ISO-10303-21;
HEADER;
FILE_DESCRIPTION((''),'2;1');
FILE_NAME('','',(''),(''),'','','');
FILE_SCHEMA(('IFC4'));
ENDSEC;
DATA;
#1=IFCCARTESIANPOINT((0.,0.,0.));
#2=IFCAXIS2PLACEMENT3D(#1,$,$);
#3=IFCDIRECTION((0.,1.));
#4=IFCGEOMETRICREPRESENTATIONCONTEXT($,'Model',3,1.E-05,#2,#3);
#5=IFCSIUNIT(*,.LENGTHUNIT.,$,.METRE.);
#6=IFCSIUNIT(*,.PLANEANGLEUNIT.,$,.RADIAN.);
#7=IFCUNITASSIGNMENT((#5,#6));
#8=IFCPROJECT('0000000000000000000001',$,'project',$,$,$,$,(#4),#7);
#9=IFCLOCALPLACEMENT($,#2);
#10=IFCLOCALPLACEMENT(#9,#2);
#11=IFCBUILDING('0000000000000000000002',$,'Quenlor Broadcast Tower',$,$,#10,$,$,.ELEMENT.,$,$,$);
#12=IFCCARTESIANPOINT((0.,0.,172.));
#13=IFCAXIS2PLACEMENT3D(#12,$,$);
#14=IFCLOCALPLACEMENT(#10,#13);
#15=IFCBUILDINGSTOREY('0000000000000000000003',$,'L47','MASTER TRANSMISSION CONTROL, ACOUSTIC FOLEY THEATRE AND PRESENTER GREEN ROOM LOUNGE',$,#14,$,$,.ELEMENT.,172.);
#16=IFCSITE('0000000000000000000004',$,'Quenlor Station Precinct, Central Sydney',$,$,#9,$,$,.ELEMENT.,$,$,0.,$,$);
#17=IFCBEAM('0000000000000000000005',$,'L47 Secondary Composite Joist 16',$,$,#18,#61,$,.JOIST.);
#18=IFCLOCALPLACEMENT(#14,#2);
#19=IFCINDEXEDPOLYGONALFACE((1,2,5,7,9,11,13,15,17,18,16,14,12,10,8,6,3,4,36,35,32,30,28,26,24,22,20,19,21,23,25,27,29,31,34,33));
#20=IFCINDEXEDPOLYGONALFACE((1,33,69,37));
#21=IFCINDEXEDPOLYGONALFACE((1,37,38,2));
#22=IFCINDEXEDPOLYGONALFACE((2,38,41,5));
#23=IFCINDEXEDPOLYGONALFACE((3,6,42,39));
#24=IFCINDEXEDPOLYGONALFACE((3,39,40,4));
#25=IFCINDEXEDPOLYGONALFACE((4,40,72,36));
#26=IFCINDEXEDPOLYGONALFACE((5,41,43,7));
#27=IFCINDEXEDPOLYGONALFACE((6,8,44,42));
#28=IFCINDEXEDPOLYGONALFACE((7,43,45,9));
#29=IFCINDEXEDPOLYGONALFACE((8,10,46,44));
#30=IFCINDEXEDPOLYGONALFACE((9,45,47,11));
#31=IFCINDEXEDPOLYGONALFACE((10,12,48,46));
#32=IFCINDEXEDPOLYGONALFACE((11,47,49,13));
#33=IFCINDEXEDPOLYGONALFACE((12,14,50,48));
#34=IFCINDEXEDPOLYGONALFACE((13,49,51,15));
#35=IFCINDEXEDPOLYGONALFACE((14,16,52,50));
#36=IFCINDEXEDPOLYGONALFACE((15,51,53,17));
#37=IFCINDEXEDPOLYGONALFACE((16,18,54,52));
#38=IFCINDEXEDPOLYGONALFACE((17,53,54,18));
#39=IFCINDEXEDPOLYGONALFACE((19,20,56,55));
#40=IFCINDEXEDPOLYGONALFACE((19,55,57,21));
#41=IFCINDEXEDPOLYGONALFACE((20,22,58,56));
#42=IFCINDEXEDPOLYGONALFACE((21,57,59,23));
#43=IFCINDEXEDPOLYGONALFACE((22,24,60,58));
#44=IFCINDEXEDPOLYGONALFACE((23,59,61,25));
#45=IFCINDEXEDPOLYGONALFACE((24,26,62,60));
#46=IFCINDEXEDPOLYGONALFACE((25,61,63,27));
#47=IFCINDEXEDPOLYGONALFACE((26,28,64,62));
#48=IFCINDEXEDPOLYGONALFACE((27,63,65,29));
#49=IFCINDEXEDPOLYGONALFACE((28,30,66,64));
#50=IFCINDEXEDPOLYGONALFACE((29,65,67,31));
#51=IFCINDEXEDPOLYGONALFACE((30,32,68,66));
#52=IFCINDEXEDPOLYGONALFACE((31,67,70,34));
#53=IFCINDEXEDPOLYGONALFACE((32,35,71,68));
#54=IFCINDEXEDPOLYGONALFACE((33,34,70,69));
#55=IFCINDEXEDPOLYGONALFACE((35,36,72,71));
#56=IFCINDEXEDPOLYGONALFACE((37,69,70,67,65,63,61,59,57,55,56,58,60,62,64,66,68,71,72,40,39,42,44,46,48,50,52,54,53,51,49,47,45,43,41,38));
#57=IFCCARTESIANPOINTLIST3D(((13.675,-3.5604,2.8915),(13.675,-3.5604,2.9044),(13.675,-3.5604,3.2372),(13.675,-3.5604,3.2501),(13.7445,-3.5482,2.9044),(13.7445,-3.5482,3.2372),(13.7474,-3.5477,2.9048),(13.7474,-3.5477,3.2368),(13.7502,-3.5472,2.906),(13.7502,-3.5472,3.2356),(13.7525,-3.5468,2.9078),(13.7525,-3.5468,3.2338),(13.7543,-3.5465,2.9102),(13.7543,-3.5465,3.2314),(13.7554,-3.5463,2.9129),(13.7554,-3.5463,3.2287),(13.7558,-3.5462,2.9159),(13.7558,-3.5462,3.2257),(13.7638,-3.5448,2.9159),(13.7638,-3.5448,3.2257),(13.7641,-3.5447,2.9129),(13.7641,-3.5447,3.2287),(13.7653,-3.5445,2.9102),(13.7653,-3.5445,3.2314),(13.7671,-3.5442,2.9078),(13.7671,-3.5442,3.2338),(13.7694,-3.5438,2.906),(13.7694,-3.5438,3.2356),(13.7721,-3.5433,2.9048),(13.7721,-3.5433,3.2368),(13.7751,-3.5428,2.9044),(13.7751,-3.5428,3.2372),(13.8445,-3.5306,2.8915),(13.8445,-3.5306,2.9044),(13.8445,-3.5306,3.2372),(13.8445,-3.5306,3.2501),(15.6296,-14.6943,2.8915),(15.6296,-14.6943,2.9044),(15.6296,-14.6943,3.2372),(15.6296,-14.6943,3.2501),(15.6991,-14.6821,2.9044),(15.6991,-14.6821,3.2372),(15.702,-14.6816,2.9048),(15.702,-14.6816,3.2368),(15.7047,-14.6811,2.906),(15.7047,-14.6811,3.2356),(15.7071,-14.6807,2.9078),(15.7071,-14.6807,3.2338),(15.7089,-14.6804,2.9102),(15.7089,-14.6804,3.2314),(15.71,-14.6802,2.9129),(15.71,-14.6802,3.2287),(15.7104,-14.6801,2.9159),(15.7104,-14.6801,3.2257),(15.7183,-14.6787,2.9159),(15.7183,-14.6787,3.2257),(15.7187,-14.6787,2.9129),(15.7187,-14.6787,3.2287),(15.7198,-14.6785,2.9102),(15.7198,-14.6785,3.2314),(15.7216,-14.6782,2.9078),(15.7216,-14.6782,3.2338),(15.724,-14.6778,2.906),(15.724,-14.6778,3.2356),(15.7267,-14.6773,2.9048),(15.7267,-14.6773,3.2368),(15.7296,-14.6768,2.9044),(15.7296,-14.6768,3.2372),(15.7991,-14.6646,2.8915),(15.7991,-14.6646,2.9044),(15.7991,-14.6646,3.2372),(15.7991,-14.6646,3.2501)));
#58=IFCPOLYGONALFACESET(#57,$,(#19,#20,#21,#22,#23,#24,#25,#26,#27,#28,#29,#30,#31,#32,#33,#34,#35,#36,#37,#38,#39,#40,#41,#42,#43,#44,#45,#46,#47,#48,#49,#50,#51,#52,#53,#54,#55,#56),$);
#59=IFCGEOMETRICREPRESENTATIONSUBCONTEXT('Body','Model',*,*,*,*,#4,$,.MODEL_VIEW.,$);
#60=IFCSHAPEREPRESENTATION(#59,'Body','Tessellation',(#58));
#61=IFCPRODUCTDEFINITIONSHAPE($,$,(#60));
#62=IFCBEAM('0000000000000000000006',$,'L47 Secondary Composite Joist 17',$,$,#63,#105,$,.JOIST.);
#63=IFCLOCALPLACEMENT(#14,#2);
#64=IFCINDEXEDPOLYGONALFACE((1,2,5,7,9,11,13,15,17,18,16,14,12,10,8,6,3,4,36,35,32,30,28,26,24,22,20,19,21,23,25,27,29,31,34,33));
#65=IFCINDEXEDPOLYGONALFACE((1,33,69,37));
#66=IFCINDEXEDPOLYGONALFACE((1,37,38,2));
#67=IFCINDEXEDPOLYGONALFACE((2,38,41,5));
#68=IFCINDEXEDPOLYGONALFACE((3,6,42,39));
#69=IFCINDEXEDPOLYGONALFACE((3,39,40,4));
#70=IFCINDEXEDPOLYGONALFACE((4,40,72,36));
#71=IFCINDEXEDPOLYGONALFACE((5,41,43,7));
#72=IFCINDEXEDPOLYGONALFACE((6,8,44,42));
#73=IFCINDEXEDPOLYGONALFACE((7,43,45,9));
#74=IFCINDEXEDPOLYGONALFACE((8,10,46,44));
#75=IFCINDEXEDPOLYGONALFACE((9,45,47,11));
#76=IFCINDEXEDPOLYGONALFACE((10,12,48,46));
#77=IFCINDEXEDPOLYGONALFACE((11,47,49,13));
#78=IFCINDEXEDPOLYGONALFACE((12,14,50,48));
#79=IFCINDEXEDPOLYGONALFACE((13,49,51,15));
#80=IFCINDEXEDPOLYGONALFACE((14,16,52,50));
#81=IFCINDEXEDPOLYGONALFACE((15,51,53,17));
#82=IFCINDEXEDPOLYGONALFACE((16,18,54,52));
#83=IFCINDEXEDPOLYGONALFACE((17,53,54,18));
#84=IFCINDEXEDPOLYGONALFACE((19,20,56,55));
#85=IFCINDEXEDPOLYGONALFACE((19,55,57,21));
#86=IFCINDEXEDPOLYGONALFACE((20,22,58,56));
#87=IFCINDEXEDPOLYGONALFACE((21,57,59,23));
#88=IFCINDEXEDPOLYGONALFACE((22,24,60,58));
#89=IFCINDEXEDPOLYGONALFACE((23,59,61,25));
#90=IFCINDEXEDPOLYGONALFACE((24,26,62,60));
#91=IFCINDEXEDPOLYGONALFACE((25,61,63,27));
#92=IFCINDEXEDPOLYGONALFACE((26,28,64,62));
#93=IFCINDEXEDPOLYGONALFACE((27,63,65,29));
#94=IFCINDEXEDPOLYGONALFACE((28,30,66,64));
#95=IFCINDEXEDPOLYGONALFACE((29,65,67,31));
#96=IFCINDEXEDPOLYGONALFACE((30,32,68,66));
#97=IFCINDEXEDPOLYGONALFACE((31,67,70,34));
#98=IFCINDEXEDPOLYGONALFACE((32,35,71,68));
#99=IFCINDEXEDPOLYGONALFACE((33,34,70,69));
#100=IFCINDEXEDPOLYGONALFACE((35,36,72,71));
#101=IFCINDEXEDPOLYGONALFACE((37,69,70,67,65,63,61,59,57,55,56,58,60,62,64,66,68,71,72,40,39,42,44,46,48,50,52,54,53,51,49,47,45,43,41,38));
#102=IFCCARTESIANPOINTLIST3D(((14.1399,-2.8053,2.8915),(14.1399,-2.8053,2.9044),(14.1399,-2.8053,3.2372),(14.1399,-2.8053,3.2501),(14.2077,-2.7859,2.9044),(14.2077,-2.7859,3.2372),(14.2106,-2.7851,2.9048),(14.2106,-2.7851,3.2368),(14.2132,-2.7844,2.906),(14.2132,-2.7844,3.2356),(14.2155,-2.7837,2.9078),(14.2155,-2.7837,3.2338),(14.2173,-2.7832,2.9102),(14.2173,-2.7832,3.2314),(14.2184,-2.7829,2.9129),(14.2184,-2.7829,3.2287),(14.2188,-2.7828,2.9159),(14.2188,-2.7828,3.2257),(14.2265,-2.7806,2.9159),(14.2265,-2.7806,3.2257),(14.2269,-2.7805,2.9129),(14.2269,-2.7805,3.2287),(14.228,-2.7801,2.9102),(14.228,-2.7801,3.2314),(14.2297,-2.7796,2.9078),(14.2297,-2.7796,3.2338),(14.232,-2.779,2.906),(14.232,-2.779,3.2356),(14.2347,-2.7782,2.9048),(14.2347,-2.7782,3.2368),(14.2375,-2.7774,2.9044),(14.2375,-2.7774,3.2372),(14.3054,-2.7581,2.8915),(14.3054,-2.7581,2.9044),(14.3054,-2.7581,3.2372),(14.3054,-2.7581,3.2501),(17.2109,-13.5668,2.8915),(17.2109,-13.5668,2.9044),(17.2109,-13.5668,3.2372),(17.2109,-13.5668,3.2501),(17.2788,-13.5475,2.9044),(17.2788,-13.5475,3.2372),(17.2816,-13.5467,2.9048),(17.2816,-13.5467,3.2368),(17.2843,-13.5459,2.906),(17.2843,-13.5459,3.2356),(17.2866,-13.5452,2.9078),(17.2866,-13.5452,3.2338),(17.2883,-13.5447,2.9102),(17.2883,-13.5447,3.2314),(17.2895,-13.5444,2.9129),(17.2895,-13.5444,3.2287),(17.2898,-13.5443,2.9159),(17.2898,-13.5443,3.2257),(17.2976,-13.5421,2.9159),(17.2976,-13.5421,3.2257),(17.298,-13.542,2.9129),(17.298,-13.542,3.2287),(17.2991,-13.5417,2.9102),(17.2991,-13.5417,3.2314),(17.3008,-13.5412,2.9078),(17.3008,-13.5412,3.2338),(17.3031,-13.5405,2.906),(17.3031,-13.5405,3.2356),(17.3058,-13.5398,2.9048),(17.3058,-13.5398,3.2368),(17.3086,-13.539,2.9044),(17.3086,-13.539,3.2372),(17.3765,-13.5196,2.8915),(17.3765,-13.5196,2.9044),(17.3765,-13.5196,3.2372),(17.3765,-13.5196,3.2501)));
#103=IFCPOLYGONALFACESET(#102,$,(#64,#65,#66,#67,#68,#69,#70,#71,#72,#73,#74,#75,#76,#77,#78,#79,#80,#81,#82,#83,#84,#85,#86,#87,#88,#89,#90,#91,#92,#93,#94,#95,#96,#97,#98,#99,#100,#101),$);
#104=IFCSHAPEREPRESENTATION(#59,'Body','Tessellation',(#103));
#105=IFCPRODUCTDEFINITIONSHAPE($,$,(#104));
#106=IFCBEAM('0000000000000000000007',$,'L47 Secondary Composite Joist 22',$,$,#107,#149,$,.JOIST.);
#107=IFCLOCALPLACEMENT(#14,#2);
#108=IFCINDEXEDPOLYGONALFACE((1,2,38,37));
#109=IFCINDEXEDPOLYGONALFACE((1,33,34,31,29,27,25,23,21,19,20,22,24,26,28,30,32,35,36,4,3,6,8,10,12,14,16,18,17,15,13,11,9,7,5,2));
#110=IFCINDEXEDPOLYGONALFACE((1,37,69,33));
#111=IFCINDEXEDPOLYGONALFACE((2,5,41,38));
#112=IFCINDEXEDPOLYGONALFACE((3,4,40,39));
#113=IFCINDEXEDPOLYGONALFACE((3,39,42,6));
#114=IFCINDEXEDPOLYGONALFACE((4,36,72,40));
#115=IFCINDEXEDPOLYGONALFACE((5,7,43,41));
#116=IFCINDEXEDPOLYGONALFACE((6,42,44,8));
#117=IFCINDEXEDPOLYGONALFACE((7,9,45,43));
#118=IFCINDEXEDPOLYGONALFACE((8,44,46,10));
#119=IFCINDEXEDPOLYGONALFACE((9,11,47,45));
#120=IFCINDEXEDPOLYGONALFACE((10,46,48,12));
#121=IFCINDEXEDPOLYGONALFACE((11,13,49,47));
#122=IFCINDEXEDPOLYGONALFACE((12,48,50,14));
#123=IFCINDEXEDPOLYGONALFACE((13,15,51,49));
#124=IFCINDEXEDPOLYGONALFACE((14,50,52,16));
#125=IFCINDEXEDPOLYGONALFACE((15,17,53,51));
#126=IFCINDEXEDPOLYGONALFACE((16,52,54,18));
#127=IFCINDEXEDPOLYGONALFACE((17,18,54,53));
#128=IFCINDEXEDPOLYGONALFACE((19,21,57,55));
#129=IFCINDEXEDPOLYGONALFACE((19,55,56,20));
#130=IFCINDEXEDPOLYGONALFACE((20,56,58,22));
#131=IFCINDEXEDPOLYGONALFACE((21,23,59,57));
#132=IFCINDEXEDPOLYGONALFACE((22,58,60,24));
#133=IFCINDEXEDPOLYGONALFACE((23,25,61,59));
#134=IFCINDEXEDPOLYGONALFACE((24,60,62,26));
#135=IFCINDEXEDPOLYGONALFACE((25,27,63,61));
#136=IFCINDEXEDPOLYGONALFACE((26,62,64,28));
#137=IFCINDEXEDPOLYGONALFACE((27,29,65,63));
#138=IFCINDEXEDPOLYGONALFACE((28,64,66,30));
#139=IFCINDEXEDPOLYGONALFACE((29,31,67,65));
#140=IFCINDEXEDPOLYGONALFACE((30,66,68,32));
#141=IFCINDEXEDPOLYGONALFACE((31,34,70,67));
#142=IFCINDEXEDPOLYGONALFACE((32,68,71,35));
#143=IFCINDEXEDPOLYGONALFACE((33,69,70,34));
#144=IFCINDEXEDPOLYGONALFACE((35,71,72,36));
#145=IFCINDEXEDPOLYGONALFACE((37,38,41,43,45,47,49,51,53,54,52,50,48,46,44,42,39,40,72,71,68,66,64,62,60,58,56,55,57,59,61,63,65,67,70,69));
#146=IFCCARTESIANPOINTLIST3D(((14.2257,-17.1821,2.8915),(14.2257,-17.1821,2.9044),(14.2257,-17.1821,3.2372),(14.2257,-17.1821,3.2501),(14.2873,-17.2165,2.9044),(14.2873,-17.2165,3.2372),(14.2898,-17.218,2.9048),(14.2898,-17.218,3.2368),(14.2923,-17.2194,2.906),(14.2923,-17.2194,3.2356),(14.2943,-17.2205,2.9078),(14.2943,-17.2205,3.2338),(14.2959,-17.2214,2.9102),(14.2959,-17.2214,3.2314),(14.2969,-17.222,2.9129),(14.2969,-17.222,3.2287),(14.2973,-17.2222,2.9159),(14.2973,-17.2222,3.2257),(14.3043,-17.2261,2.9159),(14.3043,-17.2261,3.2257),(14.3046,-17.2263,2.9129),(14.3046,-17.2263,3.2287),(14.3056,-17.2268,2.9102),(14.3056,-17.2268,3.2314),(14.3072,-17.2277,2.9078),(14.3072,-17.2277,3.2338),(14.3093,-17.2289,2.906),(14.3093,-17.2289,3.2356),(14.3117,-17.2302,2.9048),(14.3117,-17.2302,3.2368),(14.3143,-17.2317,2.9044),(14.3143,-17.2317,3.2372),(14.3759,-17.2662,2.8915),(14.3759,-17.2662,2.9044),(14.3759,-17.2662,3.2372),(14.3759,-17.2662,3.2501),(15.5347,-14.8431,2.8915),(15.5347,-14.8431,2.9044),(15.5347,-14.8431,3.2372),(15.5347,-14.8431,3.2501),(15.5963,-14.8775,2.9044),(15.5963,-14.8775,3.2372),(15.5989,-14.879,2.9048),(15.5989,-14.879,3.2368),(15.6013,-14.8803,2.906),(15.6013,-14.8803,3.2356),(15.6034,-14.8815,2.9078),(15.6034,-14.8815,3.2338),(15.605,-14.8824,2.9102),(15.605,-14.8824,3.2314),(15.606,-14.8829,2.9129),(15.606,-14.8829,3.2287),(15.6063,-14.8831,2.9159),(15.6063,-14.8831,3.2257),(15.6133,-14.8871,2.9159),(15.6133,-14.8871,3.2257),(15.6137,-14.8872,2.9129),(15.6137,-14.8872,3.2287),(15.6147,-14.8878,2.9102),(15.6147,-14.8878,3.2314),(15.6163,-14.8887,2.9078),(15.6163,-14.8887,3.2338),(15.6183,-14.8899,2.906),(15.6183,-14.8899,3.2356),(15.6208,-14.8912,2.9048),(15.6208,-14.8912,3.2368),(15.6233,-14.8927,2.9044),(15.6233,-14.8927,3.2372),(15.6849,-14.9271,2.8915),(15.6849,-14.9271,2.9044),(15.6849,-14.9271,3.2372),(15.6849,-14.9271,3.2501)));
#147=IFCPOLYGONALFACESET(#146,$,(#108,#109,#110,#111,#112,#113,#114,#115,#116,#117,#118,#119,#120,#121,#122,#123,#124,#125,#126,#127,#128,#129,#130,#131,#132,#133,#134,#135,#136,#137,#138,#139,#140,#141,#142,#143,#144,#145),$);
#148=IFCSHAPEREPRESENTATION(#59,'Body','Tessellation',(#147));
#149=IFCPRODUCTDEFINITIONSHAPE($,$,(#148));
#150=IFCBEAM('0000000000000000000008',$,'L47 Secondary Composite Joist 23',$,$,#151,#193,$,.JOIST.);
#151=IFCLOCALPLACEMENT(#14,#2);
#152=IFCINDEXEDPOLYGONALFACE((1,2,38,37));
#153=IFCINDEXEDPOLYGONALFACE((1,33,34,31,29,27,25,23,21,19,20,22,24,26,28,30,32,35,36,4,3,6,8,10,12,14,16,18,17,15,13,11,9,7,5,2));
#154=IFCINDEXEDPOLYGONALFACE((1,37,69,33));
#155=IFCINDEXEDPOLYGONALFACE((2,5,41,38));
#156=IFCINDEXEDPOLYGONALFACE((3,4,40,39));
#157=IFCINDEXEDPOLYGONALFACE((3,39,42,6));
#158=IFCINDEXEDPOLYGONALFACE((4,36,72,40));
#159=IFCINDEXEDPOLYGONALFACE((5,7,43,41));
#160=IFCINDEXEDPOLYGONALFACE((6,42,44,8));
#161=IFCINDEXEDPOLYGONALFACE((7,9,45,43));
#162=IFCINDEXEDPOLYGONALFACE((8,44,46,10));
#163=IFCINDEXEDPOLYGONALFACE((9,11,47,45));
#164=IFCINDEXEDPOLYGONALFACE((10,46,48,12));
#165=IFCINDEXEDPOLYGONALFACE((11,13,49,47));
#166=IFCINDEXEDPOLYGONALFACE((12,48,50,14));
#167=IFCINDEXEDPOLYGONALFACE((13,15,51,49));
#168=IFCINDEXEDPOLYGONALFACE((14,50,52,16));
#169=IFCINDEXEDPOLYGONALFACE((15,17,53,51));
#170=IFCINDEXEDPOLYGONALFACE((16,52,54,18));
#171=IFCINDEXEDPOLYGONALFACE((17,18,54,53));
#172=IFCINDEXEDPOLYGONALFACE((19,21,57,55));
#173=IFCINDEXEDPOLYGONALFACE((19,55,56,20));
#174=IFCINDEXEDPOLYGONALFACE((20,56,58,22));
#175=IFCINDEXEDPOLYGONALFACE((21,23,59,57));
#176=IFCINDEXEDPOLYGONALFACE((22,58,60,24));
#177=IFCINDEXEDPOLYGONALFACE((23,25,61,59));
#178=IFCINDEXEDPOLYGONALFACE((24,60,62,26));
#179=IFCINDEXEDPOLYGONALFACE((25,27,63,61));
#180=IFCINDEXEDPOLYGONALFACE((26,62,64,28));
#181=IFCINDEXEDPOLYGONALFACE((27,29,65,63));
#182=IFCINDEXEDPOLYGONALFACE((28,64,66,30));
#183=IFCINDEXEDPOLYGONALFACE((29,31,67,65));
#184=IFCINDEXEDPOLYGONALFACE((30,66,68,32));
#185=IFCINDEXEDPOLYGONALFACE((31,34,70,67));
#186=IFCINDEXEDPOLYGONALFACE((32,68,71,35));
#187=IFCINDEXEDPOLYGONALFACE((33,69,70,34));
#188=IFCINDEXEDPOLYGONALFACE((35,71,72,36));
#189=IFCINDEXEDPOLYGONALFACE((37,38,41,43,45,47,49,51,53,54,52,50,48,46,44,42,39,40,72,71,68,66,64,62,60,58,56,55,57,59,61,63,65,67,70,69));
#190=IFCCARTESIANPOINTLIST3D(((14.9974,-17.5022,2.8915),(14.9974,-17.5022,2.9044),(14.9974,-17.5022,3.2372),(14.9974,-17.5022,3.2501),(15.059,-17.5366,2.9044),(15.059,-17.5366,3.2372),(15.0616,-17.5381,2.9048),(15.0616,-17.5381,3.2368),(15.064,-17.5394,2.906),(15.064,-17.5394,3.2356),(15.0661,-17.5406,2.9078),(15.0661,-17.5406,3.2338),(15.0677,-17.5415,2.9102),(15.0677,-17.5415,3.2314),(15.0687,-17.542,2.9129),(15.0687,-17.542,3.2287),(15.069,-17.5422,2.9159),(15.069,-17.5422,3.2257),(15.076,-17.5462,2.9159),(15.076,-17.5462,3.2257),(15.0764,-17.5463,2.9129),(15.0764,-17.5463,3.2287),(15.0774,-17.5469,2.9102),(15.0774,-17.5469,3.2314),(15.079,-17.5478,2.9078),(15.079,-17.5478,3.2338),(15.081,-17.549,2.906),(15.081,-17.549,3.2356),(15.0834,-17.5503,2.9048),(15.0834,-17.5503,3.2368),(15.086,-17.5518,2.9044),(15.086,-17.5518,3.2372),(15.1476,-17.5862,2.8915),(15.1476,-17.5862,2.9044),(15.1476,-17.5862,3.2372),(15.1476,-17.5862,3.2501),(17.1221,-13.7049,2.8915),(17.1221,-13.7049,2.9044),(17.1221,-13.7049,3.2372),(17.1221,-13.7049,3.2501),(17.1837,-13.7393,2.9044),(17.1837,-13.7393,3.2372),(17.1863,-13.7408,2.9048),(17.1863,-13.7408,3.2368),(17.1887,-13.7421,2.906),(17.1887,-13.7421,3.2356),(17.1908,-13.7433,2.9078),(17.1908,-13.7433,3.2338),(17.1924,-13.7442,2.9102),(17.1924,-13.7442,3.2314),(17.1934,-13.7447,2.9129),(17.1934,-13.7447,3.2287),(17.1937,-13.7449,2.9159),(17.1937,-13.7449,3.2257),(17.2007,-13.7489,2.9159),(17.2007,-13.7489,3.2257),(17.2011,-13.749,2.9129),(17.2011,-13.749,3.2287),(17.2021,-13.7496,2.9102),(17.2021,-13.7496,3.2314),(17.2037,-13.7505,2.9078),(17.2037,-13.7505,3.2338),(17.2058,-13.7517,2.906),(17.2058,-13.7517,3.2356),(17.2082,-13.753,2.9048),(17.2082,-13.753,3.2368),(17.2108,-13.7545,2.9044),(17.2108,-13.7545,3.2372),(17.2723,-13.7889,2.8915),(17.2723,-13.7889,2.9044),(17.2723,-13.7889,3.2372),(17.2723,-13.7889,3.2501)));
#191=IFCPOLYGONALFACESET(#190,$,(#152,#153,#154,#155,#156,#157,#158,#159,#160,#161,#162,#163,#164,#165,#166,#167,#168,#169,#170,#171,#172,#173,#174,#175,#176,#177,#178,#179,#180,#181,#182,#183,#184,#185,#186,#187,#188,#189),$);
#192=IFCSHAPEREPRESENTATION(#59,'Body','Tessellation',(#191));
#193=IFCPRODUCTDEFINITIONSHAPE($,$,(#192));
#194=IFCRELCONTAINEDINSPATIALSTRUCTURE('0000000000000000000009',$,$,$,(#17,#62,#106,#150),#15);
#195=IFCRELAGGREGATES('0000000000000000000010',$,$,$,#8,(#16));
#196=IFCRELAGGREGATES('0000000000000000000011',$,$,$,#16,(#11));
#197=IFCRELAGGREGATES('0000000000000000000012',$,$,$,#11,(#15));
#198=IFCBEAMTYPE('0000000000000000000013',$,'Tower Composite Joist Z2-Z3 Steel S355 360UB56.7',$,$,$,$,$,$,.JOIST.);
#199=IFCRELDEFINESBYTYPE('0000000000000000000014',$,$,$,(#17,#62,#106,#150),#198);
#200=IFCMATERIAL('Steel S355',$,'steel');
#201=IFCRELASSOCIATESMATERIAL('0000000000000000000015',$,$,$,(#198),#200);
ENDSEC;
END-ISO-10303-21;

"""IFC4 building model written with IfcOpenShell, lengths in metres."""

from ifc_helpers import new_model, si_unit, direction, frame, origin, origin_2d, place, context, subcontext, project, spatial, i_section, extrude, material, material_profile, profile_set, type_object, element, save


model = new_model("IFC4")

# Units and contexts
model_context = context("Model", 3, precision=1e-05, world=origin(), true_north=direction((0.0, 1.0)))
body_context = subcontext(model_context, "Body", "Model", "MODEL_VIEW")
ifc_project = project(units=[si_unit("LENGTHUNIT", "METRE"), si_unit("PLANEANGLEUNIT", "RADIAN")], contexts=[model_context])

# Site, building, storey
site_placement = place(None, origin())
site = spatial("IfcSite", under=ifc_project, at=site_placement, Name="Quenlor Station Precinct, Central Sydney", CompositionType="ELEMENT", RefElevation=0.0)
building_placement = place(site_placement, origin())
building = spatial("IfcBuilding", under=site, at=building_placement, Name="Quenlor Broadcast Tower", CompositionType="ELEMENT")
storey_placement = place(building_placement, frame((0.0, 0.0, 172.0)))
storey = spatial("IfcBuildingStorey", under=building, at=storey_placement, Name="L47", Description="MASTER TRANSMISSION CONTROL, ACOUSTIC FOLEY THEATRE AND PRESENTER GREEN ROOM LOUNGE", CompositionType="ELEMENT", Elevation=172.0)

# Beams
ifc_material_1 = material(Name="Steel S355", Category="steel")
ifc_material_profile_1 = material_profile(ifc_material_1, i_section(OverallWidth=0.1721, OverallDepth=0.3586, WebThickness=0.0081, FlangeThickness=0.0129, FilletRadius=0.0115, at=origin_2d()))
ifc_profile_set_1 = profile_set([ifc_material_profile_1], Name="Steel S355 360UB56.7")
beam_type_1 = type_object("IfcBeamType", Name="Tower Composite Joist Z2-Z3 Steel S355 360UB56.7", PredefinedType="JOIST", material=ifc_profile_set_1)
beam_1_placement = place(storey_placement, frame((15.7144, -14.6794, 3.0708), z_axis=(-0.172907, 0.984938, 0.0), x_axis=(-0.984938, -0.172907, 0.0)))
element("IfcBeam", 1, at=beam_1_placement, inside=storey, type_object=beam_type_1, Name="L47 Secondary Composite Joist 16", PredefinedType="JOIST", context=body_context, shape_type="SweptSolid", body=[
    extrude(i_section(OverallWidth=0.1721, OverallDepth=0.3586, WebThickness=0.0081, FlangeThickness=0.0129, FilletRadius=0.0115, at=origin_2d()), origin(), (0.0, 0.0, 1.0), 11.3042),
])
beam_2_placement = place(storey_placement, frame((17.2937, -13.5432, 3.0708), z_axis=(-0.274419, 0.96161, 0.0), x_axis=(-0.96161, -0.274419, 0.0)))
element("IfcBeam", 2, at=beam_2_placement, inside=storey, type_object=beam_type_1, Name="L47 Secondary Composite Joist 17", PredefinedType="JOIST", context=body_context, shape_type="SweptSolid", body=[
    extrude(i_section(OverallWidth=0.1721, OverallDepth=0.3586, WebThickness=0.0081, FlangeThickness=0.0129, FilletRadius=0.0115, at=origin_2d()), origin(), (0.0, 0.0, 1.0), 11.1912),
])
beam_3_placement = place(storey_placement, frame((14.3008, -17.2241, 3.0708), z_axis=(0.48837, 0.872636, 0.0), x_axis=(-0.872636, 0.48837, 0.0)))
element("IfcBeam", 3, at=beam_3_placement, inside=storey, type_object=beam_type_1, Name="L47 Secondary Composite Joist 22", PredefinedType="JOIST", context=body_context, shape_type="SweptSolid", body=[
    extrude(i_section(OverallWidth=0.1721, OverallDepth=0.3586, WebThickness=0.0081, FlangeThickness=0.0129, FilletRadius=0.0115, at=origin_2d()), origin(), (0.0, 0.0, 1.0), 2.6804),
])
beam_4_placement = place(storey_placement, frame((15.0725, -17.5442, 3.0708), z_axis=(0.488294, 0.872679, 0.0), x_axis=(-0.872679, 0.488294, 0.0)))
element("IfcBeam", 4, at=beam_4_placement, inside=storey, type_object=beam_type_1, Name="L47 Secondary Composite Joist 23", PredefinedType="JOIST", context=body_context, shape_type="SweptSolid", body=[
    extrude(i_section(OverallWidth=0.1721, OverallDepth=0.3586, WebThickness=0.0081, FlangeThickness=0.0129, FilletRadius=0.0115, at=origin_2d()), origin(), (0.0, 0.0, 1.0), 4.3513),
])

save(model, "model.ifc")
